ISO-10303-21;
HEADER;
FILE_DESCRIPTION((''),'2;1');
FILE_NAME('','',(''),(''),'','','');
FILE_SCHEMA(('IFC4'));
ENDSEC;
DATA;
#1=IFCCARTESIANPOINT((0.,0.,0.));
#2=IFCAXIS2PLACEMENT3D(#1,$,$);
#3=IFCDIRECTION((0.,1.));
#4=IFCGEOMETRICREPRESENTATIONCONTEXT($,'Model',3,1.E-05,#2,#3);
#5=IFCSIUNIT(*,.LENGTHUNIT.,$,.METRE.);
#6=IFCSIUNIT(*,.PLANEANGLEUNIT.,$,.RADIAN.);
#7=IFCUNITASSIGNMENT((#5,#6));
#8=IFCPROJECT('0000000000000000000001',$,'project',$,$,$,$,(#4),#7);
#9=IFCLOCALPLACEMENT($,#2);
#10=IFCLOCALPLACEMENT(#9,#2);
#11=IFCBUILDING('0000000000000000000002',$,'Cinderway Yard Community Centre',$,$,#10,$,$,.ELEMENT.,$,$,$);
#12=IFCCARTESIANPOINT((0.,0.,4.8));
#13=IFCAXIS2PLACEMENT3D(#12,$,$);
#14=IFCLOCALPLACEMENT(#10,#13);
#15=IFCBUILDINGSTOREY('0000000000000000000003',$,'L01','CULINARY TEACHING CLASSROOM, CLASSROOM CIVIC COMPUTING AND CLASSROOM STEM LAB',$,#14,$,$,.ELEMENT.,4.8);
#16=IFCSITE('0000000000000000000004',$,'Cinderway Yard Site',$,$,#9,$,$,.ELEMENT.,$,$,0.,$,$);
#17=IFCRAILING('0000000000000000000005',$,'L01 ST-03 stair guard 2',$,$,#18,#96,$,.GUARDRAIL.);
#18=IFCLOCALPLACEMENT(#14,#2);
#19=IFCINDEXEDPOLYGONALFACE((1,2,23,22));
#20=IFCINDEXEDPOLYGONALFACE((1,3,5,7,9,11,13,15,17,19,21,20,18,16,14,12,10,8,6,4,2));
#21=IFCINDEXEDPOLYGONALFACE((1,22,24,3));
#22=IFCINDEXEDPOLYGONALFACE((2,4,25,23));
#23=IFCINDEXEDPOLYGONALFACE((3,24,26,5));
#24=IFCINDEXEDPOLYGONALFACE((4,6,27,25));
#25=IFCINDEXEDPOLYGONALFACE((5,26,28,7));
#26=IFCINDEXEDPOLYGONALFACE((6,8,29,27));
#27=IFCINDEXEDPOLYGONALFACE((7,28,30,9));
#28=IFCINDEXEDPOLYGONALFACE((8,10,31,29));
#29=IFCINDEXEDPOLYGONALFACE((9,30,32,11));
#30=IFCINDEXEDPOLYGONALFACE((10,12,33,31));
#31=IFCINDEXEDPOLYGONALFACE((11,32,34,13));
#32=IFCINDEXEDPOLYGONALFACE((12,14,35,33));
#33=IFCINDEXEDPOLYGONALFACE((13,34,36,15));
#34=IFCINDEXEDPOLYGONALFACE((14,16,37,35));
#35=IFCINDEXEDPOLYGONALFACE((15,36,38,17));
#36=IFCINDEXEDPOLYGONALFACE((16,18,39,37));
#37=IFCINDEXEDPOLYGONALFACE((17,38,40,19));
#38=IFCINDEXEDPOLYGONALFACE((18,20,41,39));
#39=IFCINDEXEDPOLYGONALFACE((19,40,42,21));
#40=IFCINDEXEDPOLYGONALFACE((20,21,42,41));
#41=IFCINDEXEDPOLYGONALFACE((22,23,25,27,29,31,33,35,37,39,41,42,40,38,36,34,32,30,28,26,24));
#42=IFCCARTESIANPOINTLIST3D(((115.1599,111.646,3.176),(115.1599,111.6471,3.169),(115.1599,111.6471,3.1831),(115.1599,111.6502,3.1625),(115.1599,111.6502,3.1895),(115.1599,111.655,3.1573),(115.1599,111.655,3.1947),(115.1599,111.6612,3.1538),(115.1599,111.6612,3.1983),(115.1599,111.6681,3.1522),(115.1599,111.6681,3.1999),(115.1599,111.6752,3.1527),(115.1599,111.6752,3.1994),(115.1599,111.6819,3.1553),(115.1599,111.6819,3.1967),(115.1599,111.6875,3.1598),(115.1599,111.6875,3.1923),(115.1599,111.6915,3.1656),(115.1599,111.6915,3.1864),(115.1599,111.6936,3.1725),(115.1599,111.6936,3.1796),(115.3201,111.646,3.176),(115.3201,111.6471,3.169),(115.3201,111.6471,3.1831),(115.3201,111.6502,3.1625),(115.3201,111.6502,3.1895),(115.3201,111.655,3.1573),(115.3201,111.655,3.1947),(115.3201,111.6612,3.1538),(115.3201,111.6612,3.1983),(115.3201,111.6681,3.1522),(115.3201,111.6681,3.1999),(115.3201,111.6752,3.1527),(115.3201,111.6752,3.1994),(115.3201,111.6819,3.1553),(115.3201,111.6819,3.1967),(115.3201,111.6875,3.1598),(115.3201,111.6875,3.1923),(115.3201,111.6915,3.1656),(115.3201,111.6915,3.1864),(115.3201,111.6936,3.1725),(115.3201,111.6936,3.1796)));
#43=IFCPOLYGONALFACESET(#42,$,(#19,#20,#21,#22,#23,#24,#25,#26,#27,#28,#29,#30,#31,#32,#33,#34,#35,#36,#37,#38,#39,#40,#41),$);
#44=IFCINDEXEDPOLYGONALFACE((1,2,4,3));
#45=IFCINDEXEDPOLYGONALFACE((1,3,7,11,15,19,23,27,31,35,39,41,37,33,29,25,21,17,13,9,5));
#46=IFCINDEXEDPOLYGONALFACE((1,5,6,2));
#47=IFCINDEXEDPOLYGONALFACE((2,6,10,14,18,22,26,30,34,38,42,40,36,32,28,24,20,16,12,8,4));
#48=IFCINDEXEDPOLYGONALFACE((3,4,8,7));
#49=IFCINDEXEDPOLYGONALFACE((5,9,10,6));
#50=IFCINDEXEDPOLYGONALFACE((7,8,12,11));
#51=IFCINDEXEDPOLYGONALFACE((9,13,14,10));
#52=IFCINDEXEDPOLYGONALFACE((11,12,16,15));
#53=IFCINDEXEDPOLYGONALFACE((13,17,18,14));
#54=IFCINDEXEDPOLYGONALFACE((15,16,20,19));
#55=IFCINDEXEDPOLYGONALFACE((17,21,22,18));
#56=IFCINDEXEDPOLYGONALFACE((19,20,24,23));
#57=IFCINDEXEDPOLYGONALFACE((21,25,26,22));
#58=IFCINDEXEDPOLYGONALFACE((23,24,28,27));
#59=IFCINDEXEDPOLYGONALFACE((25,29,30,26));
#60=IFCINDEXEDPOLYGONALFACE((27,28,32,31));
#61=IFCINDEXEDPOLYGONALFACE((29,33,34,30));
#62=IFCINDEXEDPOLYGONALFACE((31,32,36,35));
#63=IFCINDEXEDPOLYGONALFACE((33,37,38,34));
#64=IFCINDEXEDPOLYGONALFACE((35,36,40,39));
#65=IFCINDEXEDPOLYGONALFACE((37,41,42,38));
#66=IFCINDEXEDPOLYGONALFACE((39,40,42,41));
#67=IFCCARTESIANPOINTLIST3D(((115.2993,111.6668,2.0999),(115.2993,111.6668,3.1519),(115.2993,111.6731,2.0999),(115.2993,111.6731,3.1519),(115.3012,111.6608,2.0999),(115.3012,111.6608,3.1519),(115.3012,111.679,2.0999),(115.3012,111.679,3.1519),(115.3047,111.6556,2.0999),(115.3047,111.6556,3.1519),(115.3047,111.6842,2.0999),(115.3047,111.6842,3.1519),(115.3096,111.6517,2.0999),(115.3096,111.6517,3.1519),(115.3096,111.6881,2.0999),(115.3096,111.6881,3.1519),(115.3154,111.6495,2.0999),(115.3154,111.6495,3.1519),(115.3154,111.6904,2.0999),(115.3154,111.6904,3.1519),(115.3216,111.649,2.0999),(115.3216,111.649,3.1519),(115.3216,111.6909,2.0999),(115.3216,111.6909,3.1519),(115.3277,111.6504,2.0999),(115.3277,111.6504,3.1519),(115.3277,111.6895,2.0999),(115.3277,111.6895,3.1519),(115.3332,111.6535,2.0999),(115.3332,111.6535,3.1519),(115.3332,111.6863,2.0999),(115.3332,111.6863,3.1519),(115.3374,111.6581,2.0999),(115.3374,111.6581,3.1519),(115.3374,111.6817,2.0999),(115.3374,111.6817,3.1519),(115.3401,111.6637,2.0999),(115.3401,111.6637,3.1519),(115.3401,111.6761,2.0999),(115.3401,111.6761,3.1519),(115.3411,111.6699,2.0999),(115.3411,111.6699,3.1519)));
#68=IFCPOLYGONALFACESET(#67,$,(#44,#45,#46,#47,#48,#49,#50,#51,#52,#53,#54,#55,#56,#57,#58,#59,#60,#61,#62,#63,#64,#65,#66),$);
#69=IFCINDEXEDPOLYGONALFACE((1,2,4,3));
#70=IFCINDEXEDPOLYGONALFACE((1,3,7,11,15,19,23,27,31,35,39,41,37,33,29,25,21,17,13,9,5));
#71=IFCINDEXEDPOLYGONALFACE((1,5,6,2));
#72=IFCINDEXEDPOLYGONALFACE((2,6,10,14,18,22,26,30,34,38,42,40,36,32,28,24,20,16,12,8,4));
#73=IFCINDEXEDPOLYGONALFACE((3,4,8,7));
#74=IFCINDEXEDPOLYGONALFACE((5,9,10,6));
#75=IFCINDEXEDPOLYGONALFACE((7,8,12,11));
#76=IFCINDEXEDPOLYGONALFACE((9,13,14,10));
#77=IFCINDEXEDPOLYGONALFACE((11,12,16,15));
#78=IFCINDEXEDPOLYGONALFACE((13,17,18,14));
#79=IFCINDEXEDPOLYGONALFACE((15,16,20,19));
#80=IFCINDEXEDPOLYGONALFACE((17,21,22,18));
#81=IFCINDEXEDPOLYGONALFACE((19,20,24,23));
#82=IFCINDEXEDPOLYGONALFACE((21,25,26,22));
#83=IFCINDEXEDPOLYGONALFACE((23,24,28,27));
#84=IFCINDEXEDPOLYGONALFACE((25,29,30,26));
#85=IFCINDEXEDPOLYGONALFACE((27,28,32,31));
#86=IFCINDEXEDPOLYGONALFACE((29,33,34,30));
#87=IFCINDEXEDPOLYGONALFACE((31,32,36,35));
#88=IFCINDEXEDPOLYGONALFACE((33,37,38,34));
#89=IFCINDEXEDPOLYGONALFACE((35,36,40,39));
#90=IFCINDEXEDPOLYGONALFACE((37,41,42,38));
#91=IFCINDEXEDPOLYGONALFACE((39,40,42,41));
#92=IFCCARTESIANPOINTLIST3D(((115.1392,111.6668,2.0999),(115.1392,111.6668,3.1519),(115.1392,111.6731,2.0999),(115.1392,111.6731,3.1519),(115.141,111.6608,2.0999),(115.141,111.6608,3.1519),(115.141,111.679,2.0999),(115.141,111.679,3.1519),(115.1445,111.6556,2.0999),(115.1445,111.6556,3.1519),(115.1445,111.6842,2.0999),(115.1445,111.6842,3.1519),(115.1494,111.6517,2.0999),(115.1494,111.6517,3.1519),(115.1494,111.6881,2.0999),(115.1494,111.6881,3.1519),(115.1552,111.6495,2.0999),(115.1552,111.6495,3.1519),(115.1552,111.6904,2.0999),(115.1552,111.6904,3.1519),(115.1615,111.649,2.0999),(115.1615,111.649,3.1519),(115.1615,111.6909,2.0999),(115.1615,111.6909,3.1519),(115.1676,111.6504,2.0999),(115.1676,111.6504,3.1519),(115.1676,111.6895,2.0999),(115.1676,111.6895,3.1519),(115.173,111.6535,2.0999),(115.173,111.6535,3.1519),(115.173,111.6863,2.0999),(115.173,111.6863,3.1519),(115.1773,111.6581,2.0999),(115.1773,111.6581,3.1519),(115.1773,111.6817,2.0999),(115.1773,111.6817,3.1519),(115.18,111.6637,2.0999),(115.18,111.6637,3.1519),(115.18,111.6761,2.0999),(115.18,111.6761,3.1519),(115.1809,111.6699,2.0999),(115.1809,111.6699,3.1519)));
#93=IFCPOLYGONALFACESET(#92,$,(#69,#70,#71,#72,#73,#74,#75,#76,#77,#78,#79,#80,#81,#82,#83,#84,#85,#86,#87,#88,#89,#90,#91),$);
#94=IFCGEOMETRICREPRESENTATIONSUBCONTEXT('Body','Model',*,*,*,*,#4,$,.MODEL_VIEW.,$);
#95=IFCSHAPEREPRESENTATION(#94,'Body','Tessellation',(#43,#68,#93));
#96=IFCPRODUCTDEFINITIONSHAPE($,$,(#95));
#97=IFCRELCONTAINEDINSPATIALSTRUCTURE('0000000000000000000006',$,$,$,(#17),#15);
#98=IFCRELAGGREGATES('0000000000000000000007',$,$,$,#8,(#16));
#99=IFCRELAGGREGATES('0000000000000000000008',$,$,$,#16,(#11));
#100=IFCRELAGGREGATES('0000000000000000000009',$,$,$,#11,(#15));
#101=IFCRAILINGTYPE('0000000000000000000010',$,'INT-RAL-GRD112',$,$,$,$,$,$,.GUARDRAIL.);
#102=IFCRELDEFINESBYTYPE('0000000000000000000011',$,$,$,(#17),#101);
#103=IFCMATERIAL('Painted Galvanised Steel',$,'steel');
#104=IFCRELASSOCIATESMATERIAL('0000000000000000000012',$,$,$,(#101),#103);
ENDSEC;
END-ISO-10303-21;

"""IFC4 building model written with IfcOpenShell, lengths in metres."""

from ifc_helpers import new_model, si_unit, direction, frame, origin, origin_2d, place, context, subcontext, project, spatial, circle, extrude, material, type_object, element, save


model = new_model("IFC4")

# Units and contexts
model_context = context("Model", 3, precision=1e-05, world=origin(), true_north=direction((0.0, 1.0)))
body_context = subcontext(model_context, "Body", "Model", "MODEL_VIEW")
ifc_project = project(units=[si_unit("LENGTHUNIT", "METRE"), si_unit("PLANEANGLEUNIT", "RADIAN")], contexts=[model_context])

# Site, building, storey
site_placement = place(None, origin())
site = spatial("IfcSite", under=ifc_project, at=site_placement, Name="Cinderway Yard Site", CompositionType="ELEMENT", RefElevation=0.0)
building_placement = place(site_placement, origin())
building = spatial("IfcBuilding", under=site, at=building_placement, Name="Cinderway Yard Community Centre", CompositionType="ELEMENT")
storey_placement = place(building_placement, frame((0.0, 0.0, 4.8)))
storey = spatial("IfcBuildingStorey", under=building, at=storey_placement, Name="L01", Description="CULINARY TEACHING CLASSROOM, CLASSROOM CIVIC COMPUTING AND CLASSROOM STEM LAB", CompositionType="ELEMENT", Elevation=4.8)

# Railing
ifc_material_1 = material(Name="Painted Galvanised Steel", Category="steel")
railing_type_1 = type_object("IfcRailingType", Name="INT-RAL-GRD112", PredefinedType="GUARDRAIL", material=ifc_material_1)
railing_1_placement = place(storey_placement, frame((115.3201, 111.6699, 2.0999)))
element("IfcRailing", 1, at=railing_1_placement, inside=storey, type_object=railing_type_1, Name="L01 ST-03 stair guard 2", PredefinedType="GUARDRAIL", context=body_context, shape_type="SweptSolid", body=[
    extrude(circle(Radius=0.0239, at=origin_2d()), frame((0.0, 0.0, 1.0762), z_axis=(-1.0, 0.0, 0.0), x_axis=(0.0, -1.0, 0.0)), (0.0, 0.0, 1.0), 0.1602),
    extrude(circle(Radius=0.021, at=origin_2d()), origin(), (0.0, 0.0, 1.0), 1.052),
    extrude(circle(Radius=0.021, at=origin_2d()), frame((-0.1602, 0.0, 0.0)), (0.0, 0.0, 1.0), 1.052),
])

save(model, "model.ifc")
